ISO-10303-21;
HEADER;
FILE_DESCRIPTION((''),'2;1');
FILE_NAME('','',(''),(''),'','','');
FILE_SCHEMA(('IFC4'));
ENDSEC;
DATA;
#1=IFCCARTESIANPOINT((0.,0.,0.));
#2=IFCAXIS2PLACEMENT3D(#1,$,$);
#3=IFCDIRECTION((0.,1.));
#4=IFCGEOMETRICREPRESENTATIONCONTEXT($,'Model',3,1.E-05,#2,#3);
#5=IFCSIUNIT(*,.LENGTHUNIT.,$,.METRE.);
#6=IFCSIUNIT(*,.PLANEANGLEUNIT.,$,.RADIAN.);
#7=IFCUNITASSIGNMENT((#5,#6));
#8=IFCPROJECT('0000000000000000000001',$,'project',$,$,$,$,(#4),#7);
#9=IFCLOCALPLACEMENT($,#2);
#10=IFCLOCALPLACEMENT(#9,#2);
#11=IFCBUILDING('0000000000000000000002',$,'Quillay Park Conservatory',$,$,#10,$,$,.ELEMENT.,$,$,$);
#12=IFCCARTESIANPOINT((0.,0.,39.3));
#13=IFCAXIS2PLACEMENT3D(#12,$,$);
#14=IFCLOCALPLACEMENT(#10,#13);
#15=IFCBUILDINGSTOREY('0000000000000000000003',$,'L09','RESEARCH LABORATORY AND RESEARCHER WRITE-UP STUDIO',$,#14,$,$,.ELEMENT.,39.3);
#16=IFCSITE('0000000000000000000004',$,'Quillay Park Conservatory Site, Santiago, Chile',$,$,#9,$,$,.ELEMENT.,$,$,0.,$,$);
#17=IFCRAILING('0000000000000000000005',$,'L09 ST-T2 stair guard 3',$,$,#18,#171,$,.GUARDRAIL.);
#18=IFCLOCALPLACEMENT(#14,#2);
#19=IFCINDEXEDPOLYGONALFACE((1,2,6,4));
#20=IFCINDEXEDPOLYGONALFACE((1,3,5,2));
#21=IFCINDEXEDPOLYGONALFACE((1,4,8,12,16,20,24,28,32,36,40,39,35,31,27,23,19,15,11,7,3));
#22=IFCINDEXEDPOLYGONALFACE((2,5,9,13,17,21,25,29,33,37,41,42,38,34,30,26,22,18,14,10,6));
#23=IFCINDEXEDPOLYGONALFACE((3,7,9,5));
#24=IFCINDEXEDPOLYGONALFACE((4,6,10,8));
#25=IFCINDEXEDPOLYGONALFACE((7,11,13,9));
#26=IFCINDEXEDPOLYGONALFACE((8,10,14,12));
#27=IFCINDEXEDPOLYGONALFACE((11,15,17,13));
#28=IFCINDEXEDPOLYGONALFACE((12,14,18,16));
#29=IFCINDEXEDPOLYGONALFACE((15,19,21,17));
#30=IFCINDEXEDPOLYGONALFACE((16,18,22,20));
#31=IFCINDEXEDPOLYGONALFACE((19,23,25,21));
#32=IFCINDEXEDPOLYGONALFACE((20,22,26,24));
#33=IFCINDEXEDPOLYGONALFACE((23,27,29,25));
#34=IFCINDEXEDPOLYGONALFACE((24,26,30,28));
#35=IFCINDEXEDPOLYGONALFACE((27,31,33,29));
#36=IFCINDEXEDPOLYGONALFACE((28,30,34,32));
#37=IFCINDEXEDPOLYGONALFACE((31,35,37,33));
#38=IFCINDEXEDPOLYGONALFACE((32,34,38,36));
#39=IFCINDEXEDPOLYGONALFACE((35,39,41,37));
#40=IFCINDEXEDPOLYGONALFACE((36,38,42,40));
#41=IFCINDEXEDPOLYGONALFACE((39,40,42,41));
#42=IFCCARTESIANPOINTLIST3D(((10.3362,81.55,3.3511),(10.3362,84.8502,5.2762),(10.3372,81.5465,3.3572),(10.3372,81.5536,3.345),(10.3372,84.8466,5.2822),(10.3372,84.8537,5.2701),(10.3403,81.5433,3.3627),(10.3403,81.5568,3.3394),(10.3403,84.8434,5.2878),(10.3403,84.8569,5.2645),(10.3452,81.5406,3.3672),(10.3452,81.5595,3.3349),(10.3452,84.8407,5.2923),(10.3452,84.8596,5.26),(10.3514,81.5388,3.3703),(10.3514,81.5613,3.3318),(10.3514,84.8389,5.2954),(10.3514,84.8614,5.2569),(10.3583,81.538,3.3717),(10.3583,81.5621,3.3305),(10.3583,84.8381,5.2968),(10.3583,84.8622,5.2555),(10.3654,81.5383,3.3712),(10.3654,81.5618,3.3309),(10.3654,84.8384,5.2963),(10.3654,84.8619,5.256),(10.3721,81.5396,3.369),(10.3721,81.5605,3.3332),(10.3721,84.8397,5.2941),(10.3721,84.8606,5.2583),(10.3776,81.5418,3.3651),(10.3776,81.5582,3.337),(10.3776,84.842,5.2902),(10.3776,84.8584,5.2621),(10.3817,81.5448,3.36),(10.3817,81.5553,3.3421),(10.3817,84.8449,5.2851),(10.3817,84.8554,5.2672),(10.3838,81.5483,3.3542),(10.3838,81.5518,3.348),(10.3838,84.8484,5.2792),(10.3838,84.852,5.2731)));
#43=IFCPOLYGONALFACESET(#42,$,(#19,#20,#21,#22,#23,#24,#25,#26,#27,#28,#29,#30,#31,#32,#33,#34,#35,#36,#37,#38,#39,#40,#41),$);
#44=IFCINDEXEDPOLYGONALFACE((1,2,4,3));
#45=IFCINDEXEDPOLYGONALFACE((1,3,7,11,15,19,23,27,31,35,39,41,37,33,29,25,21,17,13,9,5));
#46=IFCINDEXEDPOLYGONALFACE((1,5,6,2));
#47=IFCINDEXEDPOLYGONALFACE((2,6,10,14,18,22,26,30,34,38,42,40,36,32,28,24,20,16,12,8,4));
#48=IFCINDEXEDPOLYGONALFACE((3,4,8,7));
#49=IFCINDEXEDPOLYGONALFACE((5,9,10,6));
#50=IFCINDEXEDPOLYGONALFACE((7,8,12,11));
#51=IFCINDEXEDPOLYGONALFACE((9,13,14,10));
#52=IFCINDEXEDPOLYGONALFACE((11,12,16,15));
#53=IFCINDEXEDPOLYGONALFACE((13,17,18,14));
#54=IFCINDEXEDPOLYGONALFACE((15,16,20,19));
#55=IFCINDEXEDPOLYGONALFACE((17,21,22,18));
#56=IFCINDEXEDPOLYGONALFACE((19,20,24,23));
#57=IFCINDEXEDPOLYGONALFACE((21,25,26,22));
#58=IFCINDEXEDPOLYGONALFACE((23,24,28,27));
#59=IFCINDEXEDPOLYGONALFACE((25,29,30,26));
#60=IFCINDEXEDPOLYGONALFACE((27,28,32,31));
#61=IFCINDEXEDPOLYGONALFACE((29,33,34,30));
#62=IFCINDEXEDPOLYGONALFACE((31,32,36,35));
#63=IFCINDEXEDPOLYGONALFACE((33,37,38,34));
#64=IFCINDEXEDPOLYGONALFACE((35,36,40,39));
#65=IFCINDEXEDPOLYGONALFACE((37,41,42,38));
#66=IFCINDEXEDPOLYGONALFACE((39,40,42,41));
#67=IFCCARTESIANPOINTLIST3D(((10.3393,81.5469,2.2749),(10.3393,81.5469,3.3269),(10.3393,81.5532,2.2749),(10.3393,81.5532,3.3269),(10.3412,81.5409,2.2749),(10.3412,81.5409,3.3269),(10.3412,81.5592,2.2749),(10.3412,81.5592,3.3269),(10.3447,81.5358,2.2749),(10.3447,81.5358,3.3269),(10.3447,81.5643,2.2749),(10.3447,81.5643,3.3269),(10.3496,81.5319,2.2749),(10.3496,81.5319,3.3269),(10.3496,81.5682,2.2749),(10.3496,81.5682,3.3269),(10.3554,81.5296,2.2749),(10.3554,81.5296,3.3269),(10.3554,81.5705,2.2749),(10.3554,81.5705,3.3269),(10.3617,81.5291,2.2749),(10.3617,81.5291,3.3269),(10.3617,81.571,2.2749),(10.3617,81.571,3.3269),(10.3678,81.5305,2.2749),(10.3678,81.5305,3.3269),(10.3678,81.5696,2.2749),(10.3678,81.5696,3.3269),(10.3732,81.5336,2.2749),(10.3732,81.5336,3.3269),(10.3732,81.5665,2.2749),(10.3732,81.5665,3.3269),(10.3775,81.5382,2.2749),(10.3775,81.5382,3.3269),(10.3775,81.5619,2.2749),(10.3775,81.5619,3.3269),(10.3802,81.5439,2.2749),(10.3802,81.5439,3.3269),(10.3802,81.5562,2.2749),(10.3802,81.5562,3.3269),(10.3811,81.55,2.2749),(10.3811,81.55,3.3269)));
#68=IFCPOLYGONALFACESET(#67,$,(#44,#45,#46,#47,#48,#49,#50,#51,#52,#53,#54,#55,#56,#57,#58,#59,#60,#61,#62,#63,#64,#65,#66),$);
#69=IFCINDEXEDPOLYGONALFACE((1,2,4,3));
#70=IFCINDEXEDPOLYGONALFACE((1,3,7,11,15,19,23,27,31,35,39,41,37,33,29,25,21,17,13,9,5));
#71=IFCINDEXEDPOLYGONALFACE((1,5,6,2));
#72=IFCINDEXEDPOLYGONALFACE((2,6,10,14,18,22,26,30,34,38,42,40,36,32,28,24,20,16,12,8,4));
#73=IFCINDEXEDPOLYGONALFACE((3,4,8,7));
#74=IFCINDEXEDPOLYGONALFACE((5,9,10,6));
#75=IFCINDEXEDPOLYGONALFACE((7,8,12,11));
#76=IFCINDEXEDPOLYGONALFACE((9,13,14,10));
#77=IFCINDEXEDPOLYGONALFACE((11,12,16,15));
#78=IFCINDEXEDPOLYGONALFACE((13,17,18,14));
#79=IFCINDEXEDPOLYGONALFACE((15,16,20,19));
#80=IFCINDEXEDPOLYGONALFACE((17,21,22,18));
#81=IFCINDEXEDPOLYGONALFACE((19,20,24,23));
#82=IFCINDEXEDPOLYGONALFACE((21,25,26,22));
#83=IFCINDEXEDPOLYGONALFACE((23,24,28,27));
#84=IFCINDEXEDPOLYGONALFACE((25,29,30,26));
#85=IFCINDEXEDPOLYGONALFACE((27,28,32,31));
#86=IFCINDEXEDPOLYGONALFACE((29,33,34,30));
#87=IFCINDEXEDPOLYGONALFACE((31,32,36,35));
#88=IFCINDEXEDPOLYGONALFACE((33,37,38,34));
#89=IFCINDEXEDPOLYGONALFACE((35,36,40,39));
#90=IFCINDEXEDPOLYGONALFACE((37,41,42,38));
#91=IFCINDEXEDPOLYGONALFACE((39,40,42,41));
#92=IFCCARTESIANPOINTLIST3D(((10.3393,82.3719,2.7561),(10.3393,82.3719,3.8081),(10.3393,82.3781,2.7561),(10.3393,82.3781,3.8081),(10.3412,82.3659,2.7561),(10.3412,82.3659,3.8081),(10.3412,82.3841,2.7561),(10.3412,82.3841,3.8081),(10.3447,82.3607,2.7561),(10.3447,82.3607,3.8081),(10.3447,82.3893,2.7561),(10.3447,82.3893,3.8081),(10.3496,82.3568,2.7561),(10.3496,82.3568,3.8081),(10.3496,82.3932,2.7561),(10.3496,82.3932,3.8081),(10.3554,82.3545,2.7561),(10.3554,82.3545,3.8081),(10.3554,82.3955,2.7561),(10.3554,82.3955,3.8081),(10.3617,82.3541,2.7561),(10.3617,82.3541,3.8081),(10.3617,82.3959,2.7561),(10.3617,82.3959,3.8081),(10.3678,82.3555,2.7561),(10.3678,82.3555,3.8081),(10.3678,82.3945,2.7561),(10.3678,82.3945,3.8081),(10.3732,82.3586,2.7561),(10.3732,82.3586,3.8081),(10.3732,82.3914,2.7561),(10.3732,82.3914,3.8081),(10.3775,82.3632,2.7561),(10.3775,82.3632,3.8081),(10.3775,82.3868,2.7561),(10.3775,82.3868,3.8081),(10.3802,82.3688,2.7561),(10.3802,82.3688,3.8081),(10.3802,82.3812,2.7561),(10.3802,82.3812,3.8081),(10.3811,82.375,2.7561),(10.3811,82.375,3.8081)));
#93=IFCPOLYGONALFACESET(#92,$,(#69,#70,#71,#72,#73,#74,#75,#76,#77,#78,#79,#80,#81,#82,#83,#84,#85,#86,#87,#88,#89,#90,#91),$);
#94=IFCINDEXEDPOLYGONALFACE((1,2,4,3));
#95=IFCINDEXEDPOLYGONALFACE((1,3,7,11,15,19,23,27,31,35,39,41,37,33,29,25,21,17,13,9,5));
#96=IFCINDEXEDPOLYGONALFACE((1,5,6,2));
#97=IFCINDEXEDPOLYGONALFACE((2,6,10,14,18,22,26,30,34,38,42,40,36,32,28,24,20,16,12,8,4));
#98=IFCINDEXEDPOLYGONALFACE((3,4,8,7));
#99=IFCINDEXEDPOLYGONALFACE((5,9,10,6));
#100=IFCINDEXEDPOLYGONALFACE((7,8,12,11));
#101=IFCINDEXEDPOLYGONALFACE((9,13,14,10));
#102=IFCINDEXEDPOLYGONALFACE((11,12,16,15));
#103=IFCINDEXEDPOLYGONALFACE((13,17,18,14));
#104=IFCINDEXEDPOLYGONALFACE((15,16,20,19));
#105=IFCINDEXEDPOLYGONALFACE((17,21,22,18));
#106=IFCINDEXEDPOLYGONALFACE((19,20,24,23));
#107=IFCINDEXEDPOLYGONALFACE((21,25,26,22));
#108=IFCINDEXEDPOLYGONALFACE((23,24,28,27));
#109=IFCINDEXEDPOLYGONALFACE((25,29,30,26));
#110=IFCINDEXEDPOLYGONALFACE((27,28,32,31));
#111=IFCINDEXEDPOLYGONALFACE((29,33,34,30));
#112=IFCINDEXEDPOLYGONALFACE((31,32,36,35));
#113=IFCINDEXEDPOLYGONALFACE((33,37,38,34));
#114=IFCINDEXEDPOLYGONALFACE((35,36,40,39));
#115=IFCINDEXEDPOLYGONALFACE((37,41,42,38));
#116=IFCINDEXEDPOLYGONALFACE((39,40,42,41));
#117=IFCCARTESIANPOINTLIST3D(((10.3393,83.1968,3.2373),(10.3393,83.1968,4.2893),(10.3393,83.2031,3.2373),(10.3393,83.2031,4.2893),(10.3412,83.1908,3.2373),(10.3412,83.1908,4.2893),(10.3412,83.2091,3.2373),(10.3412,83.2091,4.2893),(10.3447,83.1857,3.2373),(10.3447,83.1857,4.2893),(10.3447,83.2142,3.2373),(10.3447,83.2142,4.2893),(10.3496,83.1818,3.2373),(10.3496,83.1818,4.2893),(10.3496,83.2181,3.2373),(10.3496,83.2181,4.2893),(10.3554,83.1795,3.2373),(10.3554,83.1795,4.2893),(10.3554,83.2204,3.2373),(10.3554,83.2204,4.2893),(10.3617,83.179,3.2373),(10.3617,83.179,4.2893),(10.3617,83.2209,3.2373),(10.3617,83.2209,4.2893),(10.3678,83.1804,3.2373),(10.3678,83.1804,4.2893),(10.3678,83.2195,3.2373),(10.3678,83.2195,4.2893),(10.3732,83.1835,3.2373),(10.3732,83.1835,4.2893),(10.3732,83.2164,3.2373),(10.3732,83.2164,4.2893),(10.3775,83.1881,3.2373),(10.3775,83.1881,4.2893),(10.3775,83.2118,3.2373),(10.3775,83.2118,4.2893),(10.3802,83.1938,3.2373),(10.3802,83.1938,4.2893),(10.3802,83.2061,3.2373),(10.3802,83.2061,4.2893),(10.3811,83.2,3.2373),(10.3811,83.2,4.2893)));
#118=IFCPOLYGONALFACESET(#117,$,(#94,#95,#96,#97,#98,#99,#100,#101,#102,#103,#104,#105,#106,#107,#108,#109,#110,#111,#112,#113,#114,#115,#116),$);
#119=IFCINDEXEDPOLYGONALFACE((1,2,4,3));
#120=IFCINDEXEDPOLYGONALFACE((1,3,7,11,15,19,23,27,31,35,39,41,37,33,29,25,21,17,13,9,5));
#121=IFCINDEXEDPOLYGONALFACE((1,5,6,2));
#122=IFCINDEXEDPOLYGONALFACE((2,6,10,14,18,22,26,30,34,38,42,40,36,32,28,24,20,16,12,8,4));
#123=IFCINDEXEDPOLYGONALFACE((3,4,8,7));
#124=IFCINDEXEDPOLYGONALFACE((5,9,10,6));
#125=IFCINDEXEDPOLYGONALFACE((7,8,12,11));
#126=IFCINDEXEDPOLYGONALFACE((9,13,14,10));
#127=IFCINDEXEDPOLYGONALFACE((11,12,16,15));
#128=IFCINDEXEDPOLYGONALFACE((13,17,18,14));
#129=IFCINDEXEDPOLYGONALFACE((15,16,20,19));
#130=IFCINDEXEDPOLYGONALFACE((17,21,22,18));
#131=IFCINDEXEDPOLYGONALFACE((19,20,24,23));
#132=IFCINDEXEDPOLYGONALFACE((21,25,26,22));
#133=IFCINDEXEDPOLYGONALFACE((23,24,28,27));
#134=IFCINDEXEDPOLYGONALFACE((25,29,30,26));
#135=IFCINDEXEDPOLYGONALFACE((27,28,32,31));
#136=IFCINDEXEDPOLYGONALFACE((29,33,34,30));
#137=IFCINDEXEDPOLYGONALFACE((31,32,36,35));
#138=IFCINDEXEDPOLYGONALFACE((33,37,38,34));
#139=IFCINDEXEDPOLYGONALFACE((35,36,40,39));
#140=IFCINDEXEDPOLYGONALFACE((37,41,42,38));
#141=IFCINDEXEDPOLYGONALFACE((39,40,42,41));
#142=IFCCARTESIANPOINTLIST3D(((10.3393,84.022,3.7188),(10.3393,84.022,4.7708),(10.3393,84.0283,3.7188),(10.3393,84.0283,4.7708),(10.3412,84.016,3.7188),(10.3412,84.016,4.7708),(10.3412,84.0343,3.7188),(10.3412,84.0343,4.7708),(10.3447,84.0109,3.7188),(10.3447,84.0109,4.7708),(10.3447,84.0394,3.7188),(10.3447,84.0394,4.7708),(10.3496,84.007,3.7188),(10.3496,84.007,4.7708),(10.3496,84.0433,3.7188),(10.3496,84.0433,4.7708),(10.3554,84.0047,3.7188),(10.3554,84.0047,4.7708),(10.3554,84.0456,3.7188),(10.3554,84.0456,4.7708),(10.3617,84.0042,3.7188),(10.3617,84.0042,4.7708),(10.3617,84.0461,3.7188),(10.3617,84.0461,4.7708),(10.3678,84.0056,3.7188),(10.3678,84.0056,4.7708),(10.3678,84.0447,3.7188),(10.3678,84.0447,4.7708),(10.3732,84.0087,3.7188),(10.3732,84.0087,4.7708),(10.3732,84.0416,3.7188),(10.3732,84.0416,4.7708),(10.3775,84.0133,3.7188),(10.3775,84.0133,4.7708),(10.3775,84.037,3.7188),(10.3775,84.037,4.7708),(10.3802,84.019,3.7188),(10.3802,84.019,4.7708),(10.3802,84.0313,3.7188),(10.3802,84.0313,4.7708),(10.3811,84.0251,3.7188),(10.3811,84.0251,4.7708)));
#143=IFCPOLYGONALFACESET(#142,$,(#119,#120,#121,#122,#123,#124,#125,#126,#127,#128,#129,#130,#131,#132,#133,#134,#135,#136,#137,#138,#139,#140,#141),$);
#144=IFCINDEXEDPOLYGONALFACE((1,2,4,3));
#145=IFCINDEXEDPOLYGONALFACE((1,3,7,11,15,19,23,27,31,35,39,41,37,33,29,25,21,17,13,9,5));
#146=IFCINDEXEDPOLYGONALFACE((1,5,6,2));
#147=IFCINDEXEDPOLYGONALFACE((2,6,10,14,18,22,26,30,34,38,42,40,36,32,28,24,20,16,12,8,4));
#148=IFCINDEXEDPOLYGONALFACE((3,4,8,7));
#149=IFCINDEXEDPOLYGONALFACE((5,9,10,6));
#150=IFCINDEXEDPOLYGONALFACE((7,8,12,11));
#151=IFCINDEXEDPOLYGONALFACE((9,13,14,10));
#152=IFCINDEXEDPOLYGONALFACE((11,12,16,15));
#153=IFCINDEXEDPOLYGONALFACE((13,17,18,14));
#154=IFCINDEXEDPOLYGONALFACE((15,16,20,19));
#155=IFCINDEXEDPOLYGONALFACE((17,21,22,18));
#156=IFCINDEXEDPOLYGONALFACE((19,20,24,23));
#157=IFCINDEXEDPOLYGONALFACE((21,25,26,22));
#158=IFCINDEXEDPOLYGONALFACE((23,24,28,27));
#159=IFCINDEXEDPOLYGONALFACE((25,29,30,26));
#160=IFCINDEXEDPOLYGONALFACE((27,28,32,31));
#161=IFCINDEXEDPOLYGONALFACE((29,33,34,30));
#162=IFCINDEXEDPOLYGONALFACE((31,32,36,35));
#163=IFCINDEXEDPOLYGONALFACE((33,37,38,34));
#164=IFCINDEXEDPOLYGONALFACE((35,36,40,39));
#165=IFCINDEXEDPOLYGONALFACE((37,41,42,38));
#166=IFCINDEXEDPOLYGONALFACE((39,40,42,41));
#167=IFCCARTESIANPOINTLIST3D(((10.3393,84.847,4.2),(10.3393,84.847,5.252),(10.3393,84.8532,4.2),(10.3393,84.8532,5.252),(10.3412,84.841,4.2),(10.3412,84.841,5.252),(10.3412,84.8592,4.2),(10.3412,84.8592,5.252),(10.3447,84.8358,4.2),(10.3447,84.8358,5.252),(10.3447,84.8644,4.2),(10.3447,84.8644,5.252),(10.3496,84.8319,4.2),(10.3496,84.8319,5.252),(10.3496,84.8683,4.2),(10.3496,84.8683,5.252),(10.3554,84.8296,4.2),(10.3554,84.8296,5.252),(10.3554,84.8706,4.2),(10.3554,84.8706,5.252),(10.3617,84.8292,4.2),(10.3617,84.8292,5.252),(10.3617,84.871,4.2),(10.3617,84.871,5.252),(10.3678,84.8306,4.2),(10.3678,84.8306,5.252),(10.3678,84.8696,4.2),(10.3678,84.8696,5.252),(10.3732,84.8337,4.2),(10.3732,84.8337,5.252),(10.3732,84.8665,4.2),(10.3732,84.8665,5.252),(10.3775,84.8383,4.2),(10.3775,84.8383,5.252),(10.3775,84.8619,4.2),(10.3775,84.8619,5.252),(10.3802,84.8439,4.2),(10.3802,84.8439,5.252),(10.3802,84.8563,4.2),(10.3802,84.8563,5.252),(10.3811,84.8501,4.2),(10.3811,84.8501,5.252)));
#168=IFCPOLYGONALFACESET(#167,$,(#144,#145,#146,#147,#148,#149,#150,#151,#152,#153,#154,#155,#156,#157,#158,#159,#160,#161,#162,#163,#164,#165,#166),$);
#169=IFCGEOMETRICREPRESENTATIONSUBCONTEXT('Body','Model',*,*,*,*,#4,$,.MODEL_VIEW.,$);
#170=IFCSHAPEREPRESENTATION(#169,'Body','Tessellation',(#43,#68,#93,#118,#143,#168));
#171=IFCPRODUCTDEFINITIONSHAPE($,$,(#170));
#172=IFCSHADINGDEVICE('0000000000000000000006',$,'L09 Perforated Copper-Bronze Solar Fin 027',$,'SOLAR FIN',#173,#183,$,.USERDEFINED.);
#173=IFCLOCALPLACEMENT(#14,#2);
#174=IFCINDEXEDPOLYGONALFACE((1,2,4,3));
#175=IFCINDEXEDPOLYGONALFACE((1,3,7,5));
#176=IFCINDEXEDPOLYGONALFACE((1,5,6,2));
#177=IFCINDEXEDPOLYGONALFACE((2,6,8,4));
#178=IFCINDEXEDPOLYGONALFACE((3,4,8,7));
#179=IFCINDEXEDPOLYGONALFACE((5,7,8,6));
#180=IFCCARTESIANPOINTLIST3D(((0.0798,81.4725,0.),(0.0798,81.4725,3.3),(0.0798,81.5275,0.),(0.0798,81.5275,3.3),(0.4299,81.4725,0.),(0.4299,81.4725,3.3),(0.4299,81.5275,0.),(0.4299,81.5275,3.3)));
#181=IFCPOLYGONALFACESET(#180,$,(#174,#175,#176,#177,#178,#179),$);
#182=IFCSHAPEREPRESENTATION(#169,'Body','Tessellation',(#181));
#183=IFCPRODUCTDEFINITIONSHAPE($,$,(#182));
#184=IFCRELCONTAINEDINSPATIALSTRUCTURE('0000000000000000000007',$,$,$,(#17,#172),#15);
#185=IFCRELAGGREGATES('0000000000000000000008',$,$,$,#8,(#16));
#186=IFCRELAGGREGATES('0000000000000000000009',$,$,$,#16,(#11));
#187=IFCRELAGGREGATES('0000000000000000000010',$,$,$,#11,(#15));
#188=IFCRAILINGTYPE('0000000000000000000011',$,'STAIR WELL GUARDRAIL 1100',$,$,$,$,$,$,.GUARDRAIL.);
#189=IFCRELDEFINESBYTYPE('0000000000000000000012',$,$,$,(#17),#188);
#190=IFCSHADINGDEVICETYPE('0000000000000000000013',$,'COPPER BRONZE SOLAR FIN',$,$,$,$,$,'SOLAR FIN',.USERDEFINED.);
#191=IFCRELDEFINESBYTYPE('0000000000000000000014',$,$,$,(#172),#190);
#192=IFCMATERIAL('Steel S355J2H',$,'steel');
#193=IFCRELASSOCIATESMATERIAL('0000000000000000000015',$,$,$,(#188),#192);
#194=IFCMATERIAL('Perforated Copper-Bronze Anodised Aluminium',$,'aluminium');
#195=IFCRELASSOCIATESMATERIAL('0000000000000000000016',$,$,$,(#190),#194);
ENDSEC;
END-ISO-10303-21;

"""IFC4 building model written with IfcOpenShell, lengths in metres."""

from ifc_helpers import new_model, si_unit, direction, frame, origin, origin_2d, place, context, subcontext, project, spatial, rectangle, circle, extrude, material, type_object, element, save


model = new_model("IFC4")

# Units and contexts
model_context = context("Model", 3, precision=1e-05, world=origin(), true_north=direction((0.0, 1.0)))
body_context = subcontext(model_context, "Body", "Model", "MODEL_VIEW")
ifc_project = project(units=[si_unit("LENGTHUNIT", "METRE"), si_unit("PLANEANGLEUNIT", "RADIAN")], contexts=[model_context])

# Site, building, storey
site_placement = place(None, origin())
site = spatial("IfcSite", under=ifc_project, at=site_placement, Name="Quillay Park Conservatory Site, Santiago, Chile", CompositionType="ELEMENT", RefElevation=0.0)
building_placement = place(site_placement, origin())
building = spatial("IfcBuilding", under=site, at=building_placement, Name="Quillay Park Conservatory", CompositionType="ELEMENT")
storey_placement = place(building_placement, frame((0.0, 0.0, 39.3)))
storey = spatial("IfcBuildingStorey", under=building, at=storey_placement, Name="L09", Description="RESEARCH LABORATORY AND RESEARCHER WRITE-UP STUDIO", CompositionType="ELEMENT", Elevation=39.3)

# Railing
ifc_material_1 = material(Name="Steel S355J2H", Category="steel")
railing_type_1 = type_object("IfcRailingType", Name="STAIR WELL GUARDRAIL 1100", PredefinedType="GUARDRAIL", material=ifc_material_1)
railing_1_placement = place(storey_placement, frame((10.3601, 81.55, 2.2749)))
element("IfcRailing", 1, at=railing_1_placement, inside=storey, type_object=railing_type_1, Name="L09 ST-T2 stair guard 3", PredefinedType="GUARDRAIL", context=body_context, shape_type="SweptSolid", body=[
    extrude(circle(Radius=0.0239, at=origin_2d()), frame((0.0, 0.0, 1.0762), z_axis=(0.0, 0.863777, 0.503875), x_axis=(-1.0, 0.0, 0.0)), (0.0, 0.0, 1.0), 3.8206),
    extrude(circle(Radius=0.021, at=origin_2d()), origin(), (0.0, 0.0, 1.0), 1.052),
    extrude(circle(Radius=0.021, at=origin_2d()), frame((0.0, 0.825, 0.4812)), (0.0, 0.0, 1.0), 1.052),
    extrude(circle(Radius=0.021, at=origin_2d()), frame((0.0, 1.6499, 0.9624)), (0.0, 0.0, 1.0), 1.052),
    extrude(circle(Radius=0.021, at=origin_2d()), frame((0.0, 2.4751, 1.4438)), (0.0, 0.0, 1.0), 1.052),
    extrude(circle(Radius=0.021, at=origin_2d()), frame((0.0, 3.3, 1.925)), (0.0, 0.0, 1.0), 1.052),
])

# Shading device
ifc_material_2 = material(Name="Perforated Copper-Bronze Anodised Aluminium", Category="aluminium")
shading_device_type = type_object("IfcShadingDeviceType", Name="COPPER BRONZE SOLAR FIN", ElementType="SOLAR FIN", PredefinedType="USERDEFINED", material=ifc_material_2)
shading_device_placement = place(storey_placement, frame((0.2549, 81.5, 0.0), z_axis=(0.0, 0.0, 1.0), x_axis=(1.0, 0.0, 0.0)))
element("IfcShadingDevice", 2, at=shading_device_placement, inside=storey, type_object=shading_device_type, Name="L09 Perforated Copper-Bronze Solar Fin 027", ObjectType="SOLAR FIN", PredefinedType="USERDEFINED", context=body_context, shape_type="SweptSolid", body=[
    extrude(rectangle(XDim=0.3501, YDim=0.0549, at=origin_2d()), origin(), (0.0, 0.0, 1.0), 3.3),
])

save(model, "model.ifc")
